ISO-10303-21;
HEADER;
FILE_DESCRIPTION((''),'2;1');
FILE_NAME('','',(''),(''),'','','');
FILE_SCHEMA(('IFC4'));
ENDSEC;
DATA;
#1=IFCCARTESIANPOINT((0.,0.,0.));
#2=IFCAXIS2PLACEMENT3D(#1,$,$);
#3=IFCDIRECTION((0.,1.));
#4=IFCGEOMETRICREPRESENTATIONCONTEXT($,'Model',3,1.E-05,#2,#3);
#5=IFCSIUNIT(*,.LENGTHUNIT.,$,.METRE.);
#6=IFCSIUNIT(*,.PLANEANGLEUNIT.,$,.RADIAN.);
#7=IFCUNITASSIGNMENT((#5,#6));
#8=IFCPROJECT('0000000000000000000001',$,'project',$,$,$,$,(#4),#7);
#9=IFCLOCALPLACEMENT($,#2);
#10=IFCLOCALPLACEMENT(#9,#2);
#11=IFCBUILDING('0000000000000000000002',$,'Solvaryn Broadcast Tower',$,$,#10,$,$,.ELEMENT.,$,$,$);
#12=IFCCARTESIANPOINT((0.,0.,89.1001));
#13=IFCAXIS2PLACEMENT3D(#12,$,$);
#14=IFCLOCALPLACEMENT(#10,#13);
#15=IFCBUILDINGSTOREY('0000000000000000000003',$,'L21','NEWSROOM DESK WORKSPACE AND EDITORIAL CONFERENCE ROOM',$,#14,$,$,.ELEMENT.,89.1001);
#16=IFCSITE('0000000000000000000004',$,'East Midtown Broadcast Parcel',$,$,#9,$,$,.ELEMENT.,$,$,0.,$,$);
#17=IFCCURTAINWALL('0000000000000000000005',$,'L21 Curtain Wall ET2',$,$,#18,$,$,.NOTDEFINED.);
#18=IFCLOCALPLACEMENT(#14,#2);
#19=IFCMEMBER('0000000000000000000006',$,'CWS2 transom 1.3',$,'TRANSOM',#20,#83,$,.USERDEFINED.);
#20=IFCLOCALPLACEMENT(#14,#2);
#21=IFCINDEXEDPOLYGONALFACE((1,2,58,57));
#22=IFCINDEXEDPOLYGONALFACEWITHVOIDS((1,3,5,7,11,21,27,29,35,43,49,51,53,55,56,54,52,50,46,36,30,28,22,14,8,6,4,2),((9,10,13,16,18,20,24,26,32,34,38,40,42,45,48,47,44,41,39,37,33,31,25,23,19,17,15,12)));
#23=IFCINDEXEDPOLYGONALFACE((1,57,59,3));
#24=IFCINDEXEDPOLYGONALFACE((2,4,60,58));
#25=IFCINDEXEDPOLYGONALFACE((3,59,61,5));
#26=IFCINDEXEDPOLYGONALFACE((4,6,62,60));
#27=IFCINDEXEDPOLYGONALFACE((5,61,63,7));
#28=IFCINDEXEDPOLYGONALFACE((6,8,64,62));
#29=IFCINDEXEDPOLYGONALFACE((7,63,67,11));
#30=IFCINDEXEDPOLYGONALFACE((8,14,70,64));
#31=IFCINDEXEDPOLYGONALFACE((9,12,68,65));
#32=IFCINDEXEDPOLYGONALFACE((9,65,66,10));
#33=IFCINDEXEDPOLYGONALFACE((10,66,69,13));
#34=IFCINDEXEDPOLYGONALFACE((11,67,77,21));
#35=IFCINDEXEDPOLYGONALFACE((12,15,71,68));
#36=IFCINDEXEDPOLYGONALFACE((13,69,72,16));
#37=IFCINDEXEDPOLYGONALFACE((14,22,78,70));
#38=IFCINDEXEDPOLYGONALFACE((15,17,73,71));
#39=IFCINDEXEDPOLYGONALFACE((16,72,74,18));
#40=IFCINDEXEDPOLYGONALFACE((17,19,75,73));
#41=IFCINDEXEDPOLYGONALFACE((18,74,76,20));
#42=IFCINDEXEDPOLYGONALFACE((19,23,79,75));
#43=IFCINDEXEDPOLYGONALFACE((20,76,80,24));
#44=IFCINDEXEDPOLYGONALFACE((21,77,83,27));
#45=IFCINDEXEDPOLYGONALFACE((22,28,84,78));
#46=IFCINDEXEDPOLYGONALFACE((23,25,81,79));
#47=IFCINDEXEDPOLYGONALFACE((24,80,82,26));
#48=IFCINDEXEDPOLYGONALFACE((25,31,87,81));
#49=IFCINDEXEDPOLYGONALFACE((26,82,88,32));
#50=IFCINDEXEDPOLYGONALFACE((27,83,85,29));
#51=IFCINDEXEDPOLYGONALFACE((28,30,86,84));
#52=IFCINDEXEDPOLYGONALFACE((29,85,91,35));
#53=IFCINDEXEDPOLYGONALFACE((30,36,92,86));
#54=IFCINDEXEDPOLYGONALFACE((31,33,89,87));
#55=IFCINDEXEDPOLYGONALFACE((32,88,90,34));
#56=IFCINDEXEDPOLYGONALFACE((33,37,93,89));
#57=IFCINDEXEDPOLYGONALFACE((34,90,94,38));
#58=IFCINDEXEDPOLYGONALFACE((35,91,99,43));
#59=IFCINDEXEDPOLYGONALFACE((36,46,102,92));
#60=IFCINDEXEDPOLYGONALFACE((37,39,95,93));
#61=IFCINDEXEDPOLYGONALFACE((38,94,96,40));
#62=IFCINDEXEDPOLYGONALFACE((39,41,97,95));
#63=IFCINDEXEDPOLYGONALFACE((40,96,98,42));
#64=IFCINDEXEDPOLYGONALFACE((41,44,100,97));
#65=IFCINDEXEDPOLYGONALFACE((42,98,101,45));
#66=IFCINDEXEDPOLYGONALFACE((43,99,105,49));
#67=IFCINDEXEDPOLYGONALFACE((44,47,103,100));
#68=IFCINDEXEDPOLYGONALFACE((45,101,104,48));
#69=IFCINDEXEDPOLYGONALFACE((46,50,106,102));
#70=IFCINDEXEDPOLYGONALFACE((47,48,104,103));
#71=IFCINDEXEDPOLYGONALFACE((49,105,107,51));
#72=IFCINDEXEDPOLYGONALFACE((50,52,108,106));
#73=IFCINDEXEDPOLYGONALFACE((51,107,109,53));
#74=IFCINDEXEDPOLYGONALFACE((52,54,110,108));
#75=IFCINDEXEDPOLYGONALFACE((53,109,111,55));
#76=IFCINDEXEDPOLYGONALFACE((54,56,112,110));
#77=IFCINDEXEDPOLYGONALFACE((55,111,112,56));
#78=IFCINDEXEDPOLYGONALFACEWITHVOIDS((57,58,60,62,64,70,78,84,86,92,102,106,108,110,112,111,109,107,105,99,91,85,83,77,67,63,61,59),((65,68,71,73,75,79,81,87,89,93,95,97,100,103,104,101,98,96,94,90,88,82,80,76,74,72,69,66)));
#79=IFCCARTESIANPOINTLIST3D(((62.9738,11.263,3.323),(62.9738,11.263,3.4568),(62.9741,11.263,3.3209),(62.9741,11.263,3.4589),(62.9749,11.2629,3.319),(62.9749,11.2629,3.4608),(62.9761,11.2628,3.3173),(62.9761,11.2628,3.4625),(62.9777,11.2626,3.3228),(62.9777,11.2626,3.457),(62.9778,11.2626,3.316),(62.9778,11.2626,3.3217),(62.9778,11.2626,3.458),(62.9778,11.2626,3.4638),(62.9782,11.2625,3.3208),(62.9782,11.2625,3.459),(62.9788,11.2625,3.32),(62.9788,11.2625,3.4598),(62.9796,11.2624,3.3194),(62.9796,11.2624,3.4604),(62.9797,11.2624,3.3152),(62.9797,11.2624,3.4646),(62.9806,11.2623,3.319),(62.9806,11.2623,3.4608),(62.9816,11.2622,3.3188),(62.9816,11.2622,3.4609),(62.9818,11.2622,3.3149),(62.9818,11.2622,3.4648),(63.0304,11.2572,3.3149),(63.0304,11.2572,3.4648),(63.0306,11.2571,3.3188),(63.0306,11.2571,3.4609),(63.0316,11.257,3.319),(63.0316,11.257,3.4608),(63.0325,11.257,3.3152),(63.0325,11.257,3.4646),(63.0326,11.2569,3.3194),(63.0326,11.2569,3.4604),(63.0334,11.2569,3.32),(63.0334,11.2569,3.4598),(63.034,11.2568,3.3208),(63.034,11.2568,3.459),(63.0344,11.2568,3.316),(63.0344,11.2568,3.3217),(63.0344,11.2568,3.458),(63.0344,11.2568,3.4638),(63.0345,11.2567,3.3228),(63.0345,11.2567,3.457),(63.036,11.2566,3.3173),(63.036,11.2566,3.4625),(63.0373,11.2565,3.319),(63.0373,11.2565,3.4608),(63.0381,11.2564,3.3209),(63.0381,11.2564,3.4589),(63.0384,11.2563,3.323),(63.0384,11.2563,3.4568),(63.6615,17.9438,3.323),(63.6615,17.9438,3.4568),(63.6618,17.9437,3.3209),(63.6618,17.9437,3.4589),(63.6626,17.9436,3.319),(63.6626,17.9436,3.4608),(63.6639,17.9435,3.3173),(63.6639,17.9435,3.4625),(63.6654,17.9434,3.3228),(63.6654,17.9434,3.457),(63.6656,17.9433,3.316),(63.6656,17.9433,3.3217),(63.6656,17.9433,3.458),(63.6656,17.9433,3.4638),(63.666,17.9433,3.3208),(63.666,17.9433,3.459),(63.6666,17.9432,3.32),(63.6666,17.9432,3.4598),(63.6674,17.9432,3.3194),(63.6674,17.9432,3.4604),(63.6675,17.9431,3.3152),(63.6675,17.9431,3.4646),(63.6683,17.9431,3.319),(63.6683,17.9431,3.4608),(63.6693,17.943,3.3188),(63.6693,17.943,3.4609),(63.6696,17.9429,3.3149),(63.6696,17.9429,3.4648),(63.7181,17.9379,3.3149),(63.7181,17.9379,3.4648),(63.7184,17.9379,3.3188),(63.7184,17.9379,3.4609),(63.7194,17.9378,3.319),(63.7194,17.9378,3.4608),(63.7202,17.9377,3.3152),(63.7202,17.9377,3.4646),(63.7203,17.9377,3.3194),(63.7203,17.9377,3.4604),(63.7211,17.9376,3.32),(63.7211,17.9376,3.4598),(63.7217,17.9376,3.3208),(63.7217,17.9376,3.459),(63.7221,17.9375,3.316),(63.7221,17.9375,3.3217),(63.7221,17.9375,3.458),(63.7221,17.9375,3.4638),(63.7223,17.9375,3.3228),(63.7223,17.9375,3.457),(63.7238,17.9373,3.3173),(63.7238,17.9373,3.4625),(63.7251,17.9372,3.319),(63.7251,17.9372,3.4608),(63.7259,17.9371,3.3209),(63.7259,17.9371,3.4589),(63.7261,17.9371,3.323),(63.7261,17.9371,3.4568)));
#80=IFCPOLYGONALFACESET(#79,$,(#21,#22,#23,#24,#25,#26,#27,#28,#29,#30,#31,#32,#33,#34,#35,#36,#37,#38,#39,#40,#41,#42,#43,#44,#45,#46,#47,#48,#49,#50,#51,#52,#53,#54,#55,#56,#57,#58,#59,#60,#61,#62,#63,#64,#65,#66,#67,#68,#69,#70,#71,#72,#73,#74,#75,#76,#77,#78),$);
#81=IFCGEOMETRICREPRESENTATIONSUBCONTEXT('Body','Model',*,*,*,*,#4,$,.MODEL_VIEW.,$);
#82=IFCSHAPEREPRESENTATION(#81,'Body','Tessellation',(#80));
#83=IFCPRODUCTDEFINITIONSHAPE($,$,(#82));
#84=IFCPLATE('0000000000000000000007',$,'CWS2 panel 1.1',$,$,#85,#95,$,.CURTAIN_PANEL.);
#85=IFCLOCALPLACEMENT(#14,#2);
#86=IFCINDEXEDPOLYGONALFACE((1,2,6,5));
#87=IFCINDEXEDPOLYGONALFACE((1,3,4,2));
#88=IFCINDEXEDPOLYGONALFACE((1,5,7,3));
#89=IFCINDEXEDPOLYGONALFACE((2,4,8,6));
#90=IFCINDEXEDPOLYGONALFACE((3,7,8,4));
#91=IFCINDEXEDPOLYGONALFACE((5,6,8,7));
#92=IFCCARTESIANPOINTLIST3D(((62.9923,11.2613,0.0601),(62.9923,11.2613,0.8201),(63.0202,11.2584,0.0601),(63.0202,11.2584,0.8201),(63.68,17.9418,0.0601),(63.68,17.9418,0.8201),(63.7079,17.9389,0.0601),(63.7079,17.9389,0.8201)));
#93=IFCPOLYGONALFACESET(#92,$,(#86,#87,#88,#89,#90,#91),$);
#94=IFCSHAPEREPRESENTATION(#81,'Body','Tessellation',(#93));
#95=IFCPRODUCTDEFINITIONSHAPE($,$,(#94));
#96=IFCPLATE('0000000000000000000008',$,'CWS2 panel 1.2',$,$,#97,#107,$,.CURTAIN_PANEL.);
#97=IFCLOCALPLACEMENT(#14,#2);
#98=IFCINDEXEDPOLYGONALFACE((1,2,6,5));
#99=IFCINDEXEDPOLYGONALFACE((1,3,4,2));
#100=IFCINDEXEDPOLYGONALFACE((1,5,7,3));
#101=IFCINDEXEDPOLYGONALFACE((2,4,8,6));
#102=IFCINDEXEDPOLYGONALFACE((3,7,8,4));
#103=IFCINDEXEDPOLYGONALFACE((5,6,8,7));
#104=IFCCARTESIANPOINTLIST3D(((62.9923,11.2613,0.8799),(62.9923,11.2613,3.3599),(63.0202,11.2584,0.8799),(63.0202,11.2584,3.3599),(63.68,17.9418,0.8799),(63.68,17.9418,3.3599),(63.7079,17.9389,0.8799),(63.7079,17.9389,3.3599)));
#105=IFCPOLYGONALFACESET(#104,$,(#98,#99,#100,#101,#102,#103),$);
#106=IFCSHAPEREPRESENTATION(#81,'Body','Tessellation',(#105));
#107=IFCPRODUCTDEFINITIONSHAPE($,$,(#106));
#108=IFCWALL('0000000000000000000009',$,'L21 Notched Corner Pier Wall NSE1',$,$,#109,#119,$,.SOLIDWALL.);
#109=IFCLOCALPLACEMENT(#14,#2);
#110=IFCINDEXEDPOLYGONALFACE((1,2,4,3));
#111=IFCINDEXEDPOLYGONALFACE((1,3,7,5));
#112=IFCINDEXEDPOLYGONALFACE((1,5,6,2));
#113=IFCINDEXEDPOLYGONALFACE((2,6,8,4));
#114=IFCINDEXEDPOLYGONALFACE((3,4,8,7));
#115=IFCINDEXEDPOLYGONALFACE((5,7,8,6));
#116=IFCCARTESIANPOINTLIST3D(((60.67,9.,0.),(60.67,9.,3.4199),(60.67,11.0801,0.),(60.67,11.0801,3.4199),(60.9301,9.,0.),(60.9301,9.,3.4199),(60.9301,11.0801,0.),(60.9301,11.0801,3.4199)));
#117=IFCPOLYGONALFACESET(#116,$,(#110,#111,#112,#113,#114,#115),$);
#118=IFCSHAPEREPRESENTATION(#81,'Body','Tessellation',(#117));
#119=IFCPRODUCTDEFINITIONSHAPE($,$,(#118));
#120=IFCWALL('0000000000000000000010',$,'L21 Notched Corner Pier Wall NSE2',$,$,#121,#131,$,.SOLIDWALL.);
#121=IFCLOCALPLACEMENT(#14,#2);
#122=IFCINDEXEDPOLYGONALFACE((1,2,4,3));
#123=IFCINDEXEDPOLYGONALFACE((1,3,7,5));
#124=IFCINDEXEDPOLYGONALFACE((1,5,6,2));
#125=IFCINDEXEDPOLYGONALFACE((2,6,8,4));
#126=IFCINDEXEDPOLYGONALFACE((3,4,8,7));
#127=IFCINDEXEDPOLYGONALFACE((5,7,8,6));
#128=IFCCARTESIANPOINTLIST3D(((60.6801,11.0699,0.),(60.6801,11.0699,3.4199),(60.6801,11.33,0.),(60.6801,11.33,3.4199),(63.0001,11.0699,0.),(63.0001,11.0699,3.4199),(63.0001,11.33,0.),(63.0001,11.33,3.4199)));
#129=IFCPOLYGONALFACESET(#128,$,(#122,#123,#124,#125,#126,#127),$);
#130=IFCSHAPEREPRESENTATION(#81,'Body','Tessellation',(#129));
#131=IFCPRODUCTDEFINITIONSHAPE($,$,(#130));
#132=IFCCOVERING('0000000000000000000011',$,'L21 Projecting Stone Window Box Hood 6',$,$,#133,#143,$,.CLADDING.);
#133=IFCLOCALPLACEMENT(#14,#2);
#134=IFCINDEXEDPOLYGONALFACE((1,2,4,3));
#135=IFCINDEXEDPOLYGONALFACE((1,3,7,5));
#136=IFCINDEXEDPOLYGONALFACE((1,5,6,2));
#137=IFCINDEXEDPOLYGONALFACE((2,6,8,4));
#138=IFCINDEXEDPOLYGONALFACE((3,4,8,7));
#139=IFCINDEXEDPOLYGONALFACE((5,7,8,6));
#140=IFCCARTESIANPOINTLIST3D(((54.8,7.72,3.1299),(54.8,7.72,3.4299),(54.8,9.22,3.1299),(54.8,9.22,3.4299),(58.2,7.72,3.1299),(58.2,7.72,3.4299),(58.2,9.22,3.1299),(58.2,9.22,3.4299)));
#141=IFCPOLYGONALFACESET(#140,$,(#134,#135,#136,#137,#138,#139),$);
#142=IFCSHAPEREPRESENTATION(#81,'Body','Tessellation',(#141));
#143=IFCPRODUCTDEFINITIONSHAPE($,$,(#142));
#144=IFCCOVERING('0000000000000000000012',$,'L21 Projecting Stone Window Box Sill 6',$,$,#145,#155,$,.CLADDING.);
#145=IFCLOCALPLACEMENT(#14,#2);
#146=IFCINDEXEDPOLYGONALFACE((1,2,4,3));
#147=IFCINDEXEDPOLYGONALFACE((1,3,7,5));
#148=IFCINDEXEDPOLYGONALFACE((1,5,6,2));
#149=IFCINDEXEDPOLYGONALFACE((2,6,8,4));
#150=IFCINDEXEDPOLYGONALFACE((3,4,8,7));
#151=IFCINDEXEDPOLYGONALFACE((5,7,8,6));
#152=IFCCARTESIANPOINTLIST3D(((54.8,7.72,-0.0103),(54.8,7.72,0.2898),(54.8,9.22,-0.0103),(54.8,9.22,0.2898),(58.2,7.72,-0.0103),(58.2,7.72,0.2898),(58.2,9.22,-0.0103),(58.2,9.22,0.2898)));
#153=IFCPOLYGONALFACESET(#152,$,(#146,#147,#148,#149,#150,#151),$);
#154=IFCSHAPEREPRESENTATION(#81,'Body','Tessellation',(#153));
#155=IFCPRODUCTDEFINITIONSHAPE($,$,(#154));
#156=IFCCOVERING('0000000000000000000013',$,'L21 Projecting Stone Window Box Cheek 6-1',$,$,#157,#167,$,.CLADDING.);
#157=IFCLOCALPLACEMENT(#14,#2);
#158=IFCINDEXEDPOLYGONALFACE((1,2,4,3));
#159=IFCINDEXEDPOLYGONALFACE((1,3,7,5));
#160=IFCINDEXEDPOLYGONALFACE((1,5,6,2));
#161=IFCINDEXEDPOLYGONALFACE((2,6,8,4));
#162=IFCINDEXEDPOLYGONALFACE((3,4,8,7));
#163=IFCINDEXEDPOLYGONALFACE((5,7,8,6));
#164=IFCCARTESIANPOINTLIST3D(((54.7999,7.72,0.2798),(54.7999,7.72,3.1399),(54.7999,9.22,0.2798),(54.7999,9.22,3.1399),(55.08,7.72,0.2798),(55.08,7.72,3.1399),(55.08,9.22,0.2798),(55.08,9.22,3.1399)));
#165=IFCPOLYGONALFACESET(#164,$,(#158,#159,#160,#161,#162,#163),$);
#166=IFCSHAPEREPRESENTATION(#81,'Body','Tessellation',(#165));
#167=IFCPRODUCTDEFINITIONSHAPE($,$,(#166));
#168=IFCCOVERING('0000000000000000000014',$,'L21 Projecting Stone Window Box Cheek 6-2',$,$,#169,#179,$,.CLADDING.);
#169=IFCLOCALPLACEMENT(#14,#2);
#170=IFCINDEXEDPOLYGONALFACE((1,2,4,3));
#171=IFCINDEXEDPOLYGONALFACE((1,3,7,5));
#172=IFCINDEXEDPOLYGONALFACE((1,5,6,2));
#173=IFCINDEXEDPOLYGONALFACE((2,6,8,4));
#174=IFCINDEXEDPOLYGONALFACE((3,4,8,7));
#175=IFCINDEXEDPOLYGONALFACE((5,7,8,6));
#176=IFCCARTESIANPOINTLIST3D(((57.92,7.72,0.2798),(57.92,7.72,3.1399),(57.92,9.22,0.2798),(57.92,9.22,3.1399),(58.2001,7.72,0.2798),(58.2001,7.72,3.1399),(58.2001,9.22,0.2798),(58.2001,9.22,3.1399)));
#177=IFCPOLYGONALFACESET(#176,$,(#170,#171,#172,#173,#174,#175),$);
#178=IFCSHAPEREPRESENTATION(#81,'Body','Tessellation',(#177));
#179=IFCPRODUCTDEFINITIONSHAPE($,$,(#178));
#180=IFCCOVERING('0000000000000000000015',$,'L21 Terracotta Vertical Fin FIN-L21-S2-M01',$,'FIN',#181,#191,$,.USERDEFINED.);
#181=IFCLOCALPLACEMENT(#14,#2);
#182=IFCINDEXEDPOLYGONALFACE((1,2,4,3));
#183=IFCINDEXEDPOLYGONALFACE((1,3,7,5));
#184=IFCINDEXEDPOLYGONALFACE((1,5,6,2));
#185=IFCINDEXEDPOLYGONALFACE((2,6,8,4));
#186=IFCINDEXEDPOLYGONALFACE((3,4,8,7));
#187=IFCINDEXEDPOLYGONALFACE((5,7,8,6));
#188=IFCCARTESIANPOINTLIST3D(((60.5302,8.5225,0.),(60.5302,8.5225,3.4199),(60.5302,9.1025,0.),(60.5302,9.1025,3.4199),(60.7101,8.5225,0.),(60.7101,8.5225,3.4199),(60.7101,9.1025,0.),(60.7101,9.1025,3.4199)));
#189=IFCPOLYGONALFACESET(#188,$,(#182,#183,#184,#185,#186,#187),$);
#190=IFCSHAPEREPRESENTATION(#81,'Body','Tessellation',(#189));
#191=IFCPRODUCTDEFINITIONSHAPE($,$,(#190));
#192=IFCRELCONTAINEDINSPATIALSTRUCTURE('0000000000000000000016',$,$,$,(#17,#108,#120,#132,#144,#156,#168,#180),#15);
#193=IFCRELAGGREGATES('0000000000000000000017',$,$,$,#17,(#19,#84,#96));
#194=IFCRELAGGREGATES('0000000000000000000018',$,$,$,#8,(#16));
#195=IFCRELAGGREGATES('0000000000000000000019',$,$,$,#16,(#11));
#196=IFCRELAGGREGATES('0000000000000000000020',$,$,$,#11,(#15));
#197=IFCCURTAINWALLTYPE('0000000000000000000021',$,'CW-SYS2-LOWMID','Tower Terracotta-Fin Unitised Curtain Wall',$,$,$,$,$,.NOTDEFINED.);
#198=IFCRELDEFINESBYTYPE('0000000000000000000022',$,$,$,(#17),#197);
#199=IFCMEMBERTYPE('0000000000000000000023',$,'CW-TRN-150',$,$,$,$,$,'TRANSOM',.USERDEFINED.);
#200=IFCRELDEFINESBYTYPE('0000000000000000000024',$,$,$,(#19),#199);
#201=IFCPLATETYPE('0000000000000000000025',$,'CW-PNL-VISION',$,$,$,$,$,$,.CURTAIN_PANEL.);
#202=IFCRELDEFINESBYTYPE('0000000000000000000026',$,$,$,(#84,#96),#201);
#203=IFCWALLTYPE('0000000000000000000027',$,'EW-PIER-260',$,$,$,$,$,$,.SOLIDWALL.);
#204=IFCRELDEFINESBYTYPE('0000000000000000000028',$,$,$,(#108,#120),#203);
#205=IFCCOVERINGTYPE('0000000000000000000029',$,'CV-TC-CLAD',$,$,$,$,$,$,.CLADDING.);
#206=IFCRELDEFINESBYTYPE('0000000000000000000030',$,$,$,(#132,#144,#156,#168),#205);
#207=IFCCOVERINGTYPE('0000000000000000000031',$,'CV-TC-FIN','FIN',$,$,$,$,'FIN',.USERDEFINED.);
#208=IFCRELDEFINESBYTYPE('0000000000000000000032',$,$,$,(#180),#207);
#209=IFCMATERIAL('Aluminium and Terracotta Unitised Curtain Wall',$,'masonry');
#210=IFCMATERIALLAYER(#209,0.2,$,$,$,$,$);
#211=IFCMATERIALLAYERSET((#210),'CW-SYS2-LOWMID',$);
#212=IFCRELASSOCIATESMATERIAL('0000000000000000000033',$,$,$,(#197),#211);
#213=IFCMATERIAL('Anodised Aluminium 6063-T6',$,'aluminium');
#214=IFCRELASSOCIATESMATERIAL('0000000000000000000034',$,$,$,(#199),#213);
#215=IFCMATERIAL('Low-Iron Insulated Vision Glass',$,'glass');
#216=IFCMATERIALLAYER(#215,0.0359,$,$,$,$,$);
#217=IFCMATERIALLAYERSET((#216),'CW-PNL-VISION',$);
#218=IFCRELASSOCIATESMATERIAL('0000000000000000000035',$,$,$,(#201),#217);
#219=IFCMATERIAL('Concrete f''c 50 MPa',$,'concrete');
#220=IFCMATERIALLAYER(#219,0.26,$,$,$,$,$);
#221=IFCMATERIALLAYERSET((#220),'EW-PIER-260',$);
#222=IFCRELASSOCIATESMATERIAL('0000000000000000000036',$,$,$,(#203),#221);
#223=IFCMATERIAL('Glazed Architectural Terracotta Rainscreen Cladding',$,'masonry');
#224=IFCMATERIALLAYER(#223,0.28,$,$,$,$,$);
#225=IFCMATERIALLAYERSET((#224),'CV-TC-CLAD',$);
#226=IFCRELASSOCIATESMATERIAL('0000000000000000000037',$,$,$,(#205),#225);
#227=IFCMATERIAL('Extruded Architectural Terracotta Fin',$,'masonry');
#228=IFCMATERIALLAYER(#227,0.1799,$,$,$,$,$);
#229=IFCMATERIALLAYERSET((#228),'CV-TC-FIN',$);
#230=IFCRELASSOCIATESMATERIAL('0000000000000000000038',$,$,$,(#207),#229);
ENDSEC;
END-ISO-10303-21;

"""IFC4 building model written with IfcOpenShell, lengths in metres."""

from ifc_helpers import new_model, si_unit, direction, frame, frame_2d, origin, origin_2d, place, context, subcontext, project, spatial, rectangle, hollow_rectangle, extrude, material, layer, layer_set, material_profile, profile_set, type_object, element, aggregate, save


model = new_model("IFC4")

# Units and contexts
model_context = context("Model", 3, precision=1e-05, world=origin(), true_north=direction((0.0, 1.0)))
body_context = subcontext(model_context, "Body", "Model", "MODEL_VIEW")
ifc_project = project(units=[si_unit("LENGTHUNIT", "METRE"), si_unit("PLANEANGLEUNIT", "RADIAN")], contexts=[model_context])

# Site, building, storey
site_placement = place(None, origin())
site = spatial("IfcSite", under=ifc_project, at=site_placement, Name="East Midtown Broadcast Parcel", CompositionType="ELEMENT", RefElevation=0.0)
building_placement = place(site_placement, origin())
building = spatial("IfcBuilding", under=site, at=building_placement, Name="Solvaryn Broadcast Tower", CompositionType="ELEMENT")
storey_placement = place(building_placement, frame((0.0, 0.0, 89.1001)))
storey = spatial("IfcBuildingStorey", under=building, at=storey_placement, Name="L21", Description="NEWSROOM DESK WORKSPACE AND EDITORIAL CONFERENCE ROOM", CompositionType="ELEMENT", Elevation=89.1001)

# Shared definitions
ifc_material_1 = material(Name="Aluminium and Terracotta Unitised Curtain Wall", Category="masonry")
ifc_layer_1 = layer(ifc_material_1, 0.2)
ifc_layer_set_1 = layer_set([ifc_layer_1], Name="CW-SYS2-LOWMID")
curtain_wall_type = type_object("IfcCurtainWallType", Name="CW-SYS2-LOWMID", Description="Tower Terracotta-Fin Unitised Curtain Wall", PredefinedType="NOTDEFINED", material=ifc_layer_set_1)

# Curtain wall, member, plates
curtain_wall_1_placement = place(storey_placement, origin())
curtain_wall_1 = element("IfcCurtainWall", 1, at=curtain_wall_1_placement, inside=storey, type_object=curtain_wall_type, Name="L21 Curtain Wall ET2", PredefinedType="NOTDEFINED")
ifc_material_2 = material(Name="Anodised Aluminium 6063-T6", Category="aluminium")
ifc_material_profile_1 = material_profile(ifc_material_2, hollow_rectangle(XDim=0.0649, YDim=0.1499, WallThickness=0.0039, InnerFilletRadius=0.0039, OuterFilletRadius=0.0081, at=origin_2d()))
ifc_profile_set_1 = profile_set([ifc_material_profile_1], Name="Anodised Aluminium 6063-T6")
member_type_1 = type_object("IfcMemberType", Name="CW-TRN-150", ElementType="TRANSOM", PredefinedType="USERDEFINED", material=ifc_profile_set_1)
member_1_placement = place(storey_placement, frame((63.6938, 17.9404, 3.3899), z_axis=(-0.102404, -0.994743, 0.0), x_axis=(0.994743, -0.102404, 0.0)))
member_1 = element("IfcMember", 2, at=member_1_placement, type_object=member_type_1, Name="CWS2 transom 1.3", ObjectType="TRANSOM", PredefinedType="USERDEFINED", context=body_context, shape_type="SweptSolid", body=[
    extrude(hollow_rectangle(XDim=0.0649, YDim=0.1499, WallThickness=0.0039, InnerFilletRadius=0.0039, OuterFilletRadius=0.0081, at=origin_2d()), origin(), (0.0, 0.0, 1.0), 6.7161),
])
ifc_material_3 = material(Name="Low-Iron Insulated Vision Glass", Category="glass")
ifc_layer_2 = layer(ifc_material_3, 0.0359)
ifc_layer_set_2 = layer_set([ifc_layer_2], Name="CW-PNL-VISION")
plate_type = type_object("IfcPlateType", Name="CW-PNL-VISION", PredefinedType="CURTAIN_PANEL", material=ifc_layer_set_2)
plate_1_placement = place(storey_placement, frame((63.3501, 14.6001, 0.0601), z_axis=(0.0, 0.0, 1.0), x_axis=(-0.1024, -0.994743, 0.0)))
plate_1 = element("IfcPlate", 3, at=plate_1_placement, type_object=plate_type, Name="CWS2 panel 1.1", PredefinedType="CURTAIN_PANEL", context=body_context, shape_type="SweptSolid", body=[
    extrude(rectangle(XDim=6.7158, YDim=0.0281, at=origin_2d()), origin(), (0.0, 0.0, 1.0), 0.76),
])
plate_2_placement = place(storey_placement, frame((63.3501, 14.6001, 0.8799), z_axis=(0.0, 0.0, 1.0), x_axis=(-0.1024, -0.994743, 0.0)))
plate_2 = element("IfcPlate", 4, at=plate_2_placement, type_object=plate_type, Name="CWS2 panel 1.2", PredefinedType="CURTAIN_PANEL", context=body_context, shape_type="SweptSolid", body=[
    extrude(rectangle(XDim=6.7158, YDim=0.0281, at=origin_2d()), origin(), (0.0, 0.0, 1.0), 2.48),
])
aggregate(curtain_wall_1, [member_1, plate_1, plate_2])

# Walls
ifc_material_4 = material(Name="Concrete f'c 50 MPa", Category="concrete")
ifc_layer_3 = layer(ifc_material_4, 0.26)
ifc_layer_set_3 = layer_set([ifc_layer_3], Name="EW-PIER-260")
wall_type = type_object("IfcWallType", Name="EW-PIER-260", PredefinedType="SOLIDWALL", material=ifc_layer_set_3)
wall_1_placement = place(storey_placement, frame((60.8, 9.0, 0.0), z_axis=(0.0, 0.0, 1.0), x_axis=(0.0, 1.0, 0.0)))
element("IfcWall", 5, at=wall_1_placement, inside=storey, type_object=wall_type, Name="L21 Notched Corner Pier Wall NSE1", PredefinedType="SOLIDWALL", context=body_context, shape_type="SweptSolid", body=[
    extrude(rectangle(XDim=2.0801, YDim=0.26, at=frame_2d((1.04, 0.0))), origin(), (0.0, 0.0, 1.0), 3.4199),
])
wall_2_placement = place(storey_placement, frame((60.6799, 11.2, 0.0), z_axis=(0.0, 0.0, 1.0), x_axis=(1.0, 0.0, 0.0)))
element("IfcWall", 6, at=wall_2_placement, inside=storey, type_object=wall_type, Name="L21 Notched Corner Pier Wall NSE2", PredefinedType="SOLIDWALL", context=body_context, shape_type="SweptSolid", body=[
    extrude(rectangle(XDim=2.3201, YDim=0.26, at=frame_2d((1.1602, 0.0))), origin(), (0.0, 0.0, 1.0), 3.4199),
])

# Coverings
ifc_material_5 = material(Name="Glazed Architectural Terracotta Rainscreen Cladding", Category="masonry")
ifc_layer_4 = layer(ifc_material_5, 0.28)
ifc_layer_set_4 = layer_set([ifc_layer_4], Name="CV-TC-CLAD")
covering_type_1 = type_object("IfcCoveringType", Name="CV-TC-CLAD", PredefinedType="CLADDING", material=ifc_layer_set_4)
for number, where, z_axis, x_axis, name in (
    (7, (56.5, 8.47, 3.1299), (0.0, 0.0, 1.0), (1.0, 0.0, 0.0), "L21 Projecting Stone Window Box Hood 6"),
    (8, (56.5, 8.47, -0.0103), (0.0, 0.0, 1.0), (1.0, 0.0, 0.0), "L21 Projecting Stone Window Box Sill 6"),
):
    element("IfcCovering", number, at=place(storey_placement, frame(where, z_axis=z_axis, x_axis=x_axis)), inside=storey, type_object=covering_type_1, Name=name, PredefinedType="CLADDING", context=body_context, shape_type="SweptSolid", body=[
        extrude(rectangle(XDim=3.3999, YDim=1.5, at=origin_2d()), origin(), (0.0, 0.0, 1.0), 0.3),
    ])
for number, where, z_axis, x_axis, name in (
    (9, (54.9399, 8.47, 0.2798), (0.0, 0.0, 1.0), (1.0, 0.0, 0.0), "L21 Projecting Stone Window Box Cheek 6-1"),
    (10, (58.0601, 8.47, 0.2798), (0.0, 0.0, 1.0), (1.0, 0.0, 0.0), "L21 Projecting Stone Window Box Cheek 6-2"),
):
    element("IfcCovering", number, at=place(storey_placement, frame(where, z_axis=z_axis, x_axis=x_axis)), inside=storey, type_object=covering_type_1, Name=name, PredefinedType="CLADDING", context=body_context, shape_type="SweptSolid", body=[
        extrude(rectangle(XDim=0.28, YDim=1.5, at=origin_2d()), origin(), (0.0, 0.0, 1.0), 2.8601),
    ])
ifc_material_6 = material(Name="Extruded Architectural Terracotta Fin", Category="masonry")
ifc_layer_5 = layer(ifc_material_6, 0.1799)
ifc_layer_set_5 = layer_set([ifc_layer_5], Name="CV-TC-FIN")
covering_type_2 = type_object("IfcCoveringType", Name="CV-TC-FIN", Description="FIN", ElementType="FIN", PredefinedType="USERDEFINED", material=ifc_layer_set_5)
covering_placement = place(storey_placement, frame((60.6201, 8.8125, 0.0), z_axis=(0.0, 0.0, 1.0), x_axis=(1.0, 0.0, 0.0)))
element("IfcCovering", 11, at=covering_placement, inside=storey, type_object=covering_type_2, Name="L21 Terracotta Vertical Fin FIN-L21-S2-M01", ObjectType="FIN", PredefinedType="USERDEFINED", context=body_context, shape_type="SweptSolid", body=[
    extrude(rectangle(XDim=0.1799, YDim=0.5801, at=origin_2d()), origin(), (0.0, 0.0, 1.0), 3.4199),
])

save(model, "model.ifc")
